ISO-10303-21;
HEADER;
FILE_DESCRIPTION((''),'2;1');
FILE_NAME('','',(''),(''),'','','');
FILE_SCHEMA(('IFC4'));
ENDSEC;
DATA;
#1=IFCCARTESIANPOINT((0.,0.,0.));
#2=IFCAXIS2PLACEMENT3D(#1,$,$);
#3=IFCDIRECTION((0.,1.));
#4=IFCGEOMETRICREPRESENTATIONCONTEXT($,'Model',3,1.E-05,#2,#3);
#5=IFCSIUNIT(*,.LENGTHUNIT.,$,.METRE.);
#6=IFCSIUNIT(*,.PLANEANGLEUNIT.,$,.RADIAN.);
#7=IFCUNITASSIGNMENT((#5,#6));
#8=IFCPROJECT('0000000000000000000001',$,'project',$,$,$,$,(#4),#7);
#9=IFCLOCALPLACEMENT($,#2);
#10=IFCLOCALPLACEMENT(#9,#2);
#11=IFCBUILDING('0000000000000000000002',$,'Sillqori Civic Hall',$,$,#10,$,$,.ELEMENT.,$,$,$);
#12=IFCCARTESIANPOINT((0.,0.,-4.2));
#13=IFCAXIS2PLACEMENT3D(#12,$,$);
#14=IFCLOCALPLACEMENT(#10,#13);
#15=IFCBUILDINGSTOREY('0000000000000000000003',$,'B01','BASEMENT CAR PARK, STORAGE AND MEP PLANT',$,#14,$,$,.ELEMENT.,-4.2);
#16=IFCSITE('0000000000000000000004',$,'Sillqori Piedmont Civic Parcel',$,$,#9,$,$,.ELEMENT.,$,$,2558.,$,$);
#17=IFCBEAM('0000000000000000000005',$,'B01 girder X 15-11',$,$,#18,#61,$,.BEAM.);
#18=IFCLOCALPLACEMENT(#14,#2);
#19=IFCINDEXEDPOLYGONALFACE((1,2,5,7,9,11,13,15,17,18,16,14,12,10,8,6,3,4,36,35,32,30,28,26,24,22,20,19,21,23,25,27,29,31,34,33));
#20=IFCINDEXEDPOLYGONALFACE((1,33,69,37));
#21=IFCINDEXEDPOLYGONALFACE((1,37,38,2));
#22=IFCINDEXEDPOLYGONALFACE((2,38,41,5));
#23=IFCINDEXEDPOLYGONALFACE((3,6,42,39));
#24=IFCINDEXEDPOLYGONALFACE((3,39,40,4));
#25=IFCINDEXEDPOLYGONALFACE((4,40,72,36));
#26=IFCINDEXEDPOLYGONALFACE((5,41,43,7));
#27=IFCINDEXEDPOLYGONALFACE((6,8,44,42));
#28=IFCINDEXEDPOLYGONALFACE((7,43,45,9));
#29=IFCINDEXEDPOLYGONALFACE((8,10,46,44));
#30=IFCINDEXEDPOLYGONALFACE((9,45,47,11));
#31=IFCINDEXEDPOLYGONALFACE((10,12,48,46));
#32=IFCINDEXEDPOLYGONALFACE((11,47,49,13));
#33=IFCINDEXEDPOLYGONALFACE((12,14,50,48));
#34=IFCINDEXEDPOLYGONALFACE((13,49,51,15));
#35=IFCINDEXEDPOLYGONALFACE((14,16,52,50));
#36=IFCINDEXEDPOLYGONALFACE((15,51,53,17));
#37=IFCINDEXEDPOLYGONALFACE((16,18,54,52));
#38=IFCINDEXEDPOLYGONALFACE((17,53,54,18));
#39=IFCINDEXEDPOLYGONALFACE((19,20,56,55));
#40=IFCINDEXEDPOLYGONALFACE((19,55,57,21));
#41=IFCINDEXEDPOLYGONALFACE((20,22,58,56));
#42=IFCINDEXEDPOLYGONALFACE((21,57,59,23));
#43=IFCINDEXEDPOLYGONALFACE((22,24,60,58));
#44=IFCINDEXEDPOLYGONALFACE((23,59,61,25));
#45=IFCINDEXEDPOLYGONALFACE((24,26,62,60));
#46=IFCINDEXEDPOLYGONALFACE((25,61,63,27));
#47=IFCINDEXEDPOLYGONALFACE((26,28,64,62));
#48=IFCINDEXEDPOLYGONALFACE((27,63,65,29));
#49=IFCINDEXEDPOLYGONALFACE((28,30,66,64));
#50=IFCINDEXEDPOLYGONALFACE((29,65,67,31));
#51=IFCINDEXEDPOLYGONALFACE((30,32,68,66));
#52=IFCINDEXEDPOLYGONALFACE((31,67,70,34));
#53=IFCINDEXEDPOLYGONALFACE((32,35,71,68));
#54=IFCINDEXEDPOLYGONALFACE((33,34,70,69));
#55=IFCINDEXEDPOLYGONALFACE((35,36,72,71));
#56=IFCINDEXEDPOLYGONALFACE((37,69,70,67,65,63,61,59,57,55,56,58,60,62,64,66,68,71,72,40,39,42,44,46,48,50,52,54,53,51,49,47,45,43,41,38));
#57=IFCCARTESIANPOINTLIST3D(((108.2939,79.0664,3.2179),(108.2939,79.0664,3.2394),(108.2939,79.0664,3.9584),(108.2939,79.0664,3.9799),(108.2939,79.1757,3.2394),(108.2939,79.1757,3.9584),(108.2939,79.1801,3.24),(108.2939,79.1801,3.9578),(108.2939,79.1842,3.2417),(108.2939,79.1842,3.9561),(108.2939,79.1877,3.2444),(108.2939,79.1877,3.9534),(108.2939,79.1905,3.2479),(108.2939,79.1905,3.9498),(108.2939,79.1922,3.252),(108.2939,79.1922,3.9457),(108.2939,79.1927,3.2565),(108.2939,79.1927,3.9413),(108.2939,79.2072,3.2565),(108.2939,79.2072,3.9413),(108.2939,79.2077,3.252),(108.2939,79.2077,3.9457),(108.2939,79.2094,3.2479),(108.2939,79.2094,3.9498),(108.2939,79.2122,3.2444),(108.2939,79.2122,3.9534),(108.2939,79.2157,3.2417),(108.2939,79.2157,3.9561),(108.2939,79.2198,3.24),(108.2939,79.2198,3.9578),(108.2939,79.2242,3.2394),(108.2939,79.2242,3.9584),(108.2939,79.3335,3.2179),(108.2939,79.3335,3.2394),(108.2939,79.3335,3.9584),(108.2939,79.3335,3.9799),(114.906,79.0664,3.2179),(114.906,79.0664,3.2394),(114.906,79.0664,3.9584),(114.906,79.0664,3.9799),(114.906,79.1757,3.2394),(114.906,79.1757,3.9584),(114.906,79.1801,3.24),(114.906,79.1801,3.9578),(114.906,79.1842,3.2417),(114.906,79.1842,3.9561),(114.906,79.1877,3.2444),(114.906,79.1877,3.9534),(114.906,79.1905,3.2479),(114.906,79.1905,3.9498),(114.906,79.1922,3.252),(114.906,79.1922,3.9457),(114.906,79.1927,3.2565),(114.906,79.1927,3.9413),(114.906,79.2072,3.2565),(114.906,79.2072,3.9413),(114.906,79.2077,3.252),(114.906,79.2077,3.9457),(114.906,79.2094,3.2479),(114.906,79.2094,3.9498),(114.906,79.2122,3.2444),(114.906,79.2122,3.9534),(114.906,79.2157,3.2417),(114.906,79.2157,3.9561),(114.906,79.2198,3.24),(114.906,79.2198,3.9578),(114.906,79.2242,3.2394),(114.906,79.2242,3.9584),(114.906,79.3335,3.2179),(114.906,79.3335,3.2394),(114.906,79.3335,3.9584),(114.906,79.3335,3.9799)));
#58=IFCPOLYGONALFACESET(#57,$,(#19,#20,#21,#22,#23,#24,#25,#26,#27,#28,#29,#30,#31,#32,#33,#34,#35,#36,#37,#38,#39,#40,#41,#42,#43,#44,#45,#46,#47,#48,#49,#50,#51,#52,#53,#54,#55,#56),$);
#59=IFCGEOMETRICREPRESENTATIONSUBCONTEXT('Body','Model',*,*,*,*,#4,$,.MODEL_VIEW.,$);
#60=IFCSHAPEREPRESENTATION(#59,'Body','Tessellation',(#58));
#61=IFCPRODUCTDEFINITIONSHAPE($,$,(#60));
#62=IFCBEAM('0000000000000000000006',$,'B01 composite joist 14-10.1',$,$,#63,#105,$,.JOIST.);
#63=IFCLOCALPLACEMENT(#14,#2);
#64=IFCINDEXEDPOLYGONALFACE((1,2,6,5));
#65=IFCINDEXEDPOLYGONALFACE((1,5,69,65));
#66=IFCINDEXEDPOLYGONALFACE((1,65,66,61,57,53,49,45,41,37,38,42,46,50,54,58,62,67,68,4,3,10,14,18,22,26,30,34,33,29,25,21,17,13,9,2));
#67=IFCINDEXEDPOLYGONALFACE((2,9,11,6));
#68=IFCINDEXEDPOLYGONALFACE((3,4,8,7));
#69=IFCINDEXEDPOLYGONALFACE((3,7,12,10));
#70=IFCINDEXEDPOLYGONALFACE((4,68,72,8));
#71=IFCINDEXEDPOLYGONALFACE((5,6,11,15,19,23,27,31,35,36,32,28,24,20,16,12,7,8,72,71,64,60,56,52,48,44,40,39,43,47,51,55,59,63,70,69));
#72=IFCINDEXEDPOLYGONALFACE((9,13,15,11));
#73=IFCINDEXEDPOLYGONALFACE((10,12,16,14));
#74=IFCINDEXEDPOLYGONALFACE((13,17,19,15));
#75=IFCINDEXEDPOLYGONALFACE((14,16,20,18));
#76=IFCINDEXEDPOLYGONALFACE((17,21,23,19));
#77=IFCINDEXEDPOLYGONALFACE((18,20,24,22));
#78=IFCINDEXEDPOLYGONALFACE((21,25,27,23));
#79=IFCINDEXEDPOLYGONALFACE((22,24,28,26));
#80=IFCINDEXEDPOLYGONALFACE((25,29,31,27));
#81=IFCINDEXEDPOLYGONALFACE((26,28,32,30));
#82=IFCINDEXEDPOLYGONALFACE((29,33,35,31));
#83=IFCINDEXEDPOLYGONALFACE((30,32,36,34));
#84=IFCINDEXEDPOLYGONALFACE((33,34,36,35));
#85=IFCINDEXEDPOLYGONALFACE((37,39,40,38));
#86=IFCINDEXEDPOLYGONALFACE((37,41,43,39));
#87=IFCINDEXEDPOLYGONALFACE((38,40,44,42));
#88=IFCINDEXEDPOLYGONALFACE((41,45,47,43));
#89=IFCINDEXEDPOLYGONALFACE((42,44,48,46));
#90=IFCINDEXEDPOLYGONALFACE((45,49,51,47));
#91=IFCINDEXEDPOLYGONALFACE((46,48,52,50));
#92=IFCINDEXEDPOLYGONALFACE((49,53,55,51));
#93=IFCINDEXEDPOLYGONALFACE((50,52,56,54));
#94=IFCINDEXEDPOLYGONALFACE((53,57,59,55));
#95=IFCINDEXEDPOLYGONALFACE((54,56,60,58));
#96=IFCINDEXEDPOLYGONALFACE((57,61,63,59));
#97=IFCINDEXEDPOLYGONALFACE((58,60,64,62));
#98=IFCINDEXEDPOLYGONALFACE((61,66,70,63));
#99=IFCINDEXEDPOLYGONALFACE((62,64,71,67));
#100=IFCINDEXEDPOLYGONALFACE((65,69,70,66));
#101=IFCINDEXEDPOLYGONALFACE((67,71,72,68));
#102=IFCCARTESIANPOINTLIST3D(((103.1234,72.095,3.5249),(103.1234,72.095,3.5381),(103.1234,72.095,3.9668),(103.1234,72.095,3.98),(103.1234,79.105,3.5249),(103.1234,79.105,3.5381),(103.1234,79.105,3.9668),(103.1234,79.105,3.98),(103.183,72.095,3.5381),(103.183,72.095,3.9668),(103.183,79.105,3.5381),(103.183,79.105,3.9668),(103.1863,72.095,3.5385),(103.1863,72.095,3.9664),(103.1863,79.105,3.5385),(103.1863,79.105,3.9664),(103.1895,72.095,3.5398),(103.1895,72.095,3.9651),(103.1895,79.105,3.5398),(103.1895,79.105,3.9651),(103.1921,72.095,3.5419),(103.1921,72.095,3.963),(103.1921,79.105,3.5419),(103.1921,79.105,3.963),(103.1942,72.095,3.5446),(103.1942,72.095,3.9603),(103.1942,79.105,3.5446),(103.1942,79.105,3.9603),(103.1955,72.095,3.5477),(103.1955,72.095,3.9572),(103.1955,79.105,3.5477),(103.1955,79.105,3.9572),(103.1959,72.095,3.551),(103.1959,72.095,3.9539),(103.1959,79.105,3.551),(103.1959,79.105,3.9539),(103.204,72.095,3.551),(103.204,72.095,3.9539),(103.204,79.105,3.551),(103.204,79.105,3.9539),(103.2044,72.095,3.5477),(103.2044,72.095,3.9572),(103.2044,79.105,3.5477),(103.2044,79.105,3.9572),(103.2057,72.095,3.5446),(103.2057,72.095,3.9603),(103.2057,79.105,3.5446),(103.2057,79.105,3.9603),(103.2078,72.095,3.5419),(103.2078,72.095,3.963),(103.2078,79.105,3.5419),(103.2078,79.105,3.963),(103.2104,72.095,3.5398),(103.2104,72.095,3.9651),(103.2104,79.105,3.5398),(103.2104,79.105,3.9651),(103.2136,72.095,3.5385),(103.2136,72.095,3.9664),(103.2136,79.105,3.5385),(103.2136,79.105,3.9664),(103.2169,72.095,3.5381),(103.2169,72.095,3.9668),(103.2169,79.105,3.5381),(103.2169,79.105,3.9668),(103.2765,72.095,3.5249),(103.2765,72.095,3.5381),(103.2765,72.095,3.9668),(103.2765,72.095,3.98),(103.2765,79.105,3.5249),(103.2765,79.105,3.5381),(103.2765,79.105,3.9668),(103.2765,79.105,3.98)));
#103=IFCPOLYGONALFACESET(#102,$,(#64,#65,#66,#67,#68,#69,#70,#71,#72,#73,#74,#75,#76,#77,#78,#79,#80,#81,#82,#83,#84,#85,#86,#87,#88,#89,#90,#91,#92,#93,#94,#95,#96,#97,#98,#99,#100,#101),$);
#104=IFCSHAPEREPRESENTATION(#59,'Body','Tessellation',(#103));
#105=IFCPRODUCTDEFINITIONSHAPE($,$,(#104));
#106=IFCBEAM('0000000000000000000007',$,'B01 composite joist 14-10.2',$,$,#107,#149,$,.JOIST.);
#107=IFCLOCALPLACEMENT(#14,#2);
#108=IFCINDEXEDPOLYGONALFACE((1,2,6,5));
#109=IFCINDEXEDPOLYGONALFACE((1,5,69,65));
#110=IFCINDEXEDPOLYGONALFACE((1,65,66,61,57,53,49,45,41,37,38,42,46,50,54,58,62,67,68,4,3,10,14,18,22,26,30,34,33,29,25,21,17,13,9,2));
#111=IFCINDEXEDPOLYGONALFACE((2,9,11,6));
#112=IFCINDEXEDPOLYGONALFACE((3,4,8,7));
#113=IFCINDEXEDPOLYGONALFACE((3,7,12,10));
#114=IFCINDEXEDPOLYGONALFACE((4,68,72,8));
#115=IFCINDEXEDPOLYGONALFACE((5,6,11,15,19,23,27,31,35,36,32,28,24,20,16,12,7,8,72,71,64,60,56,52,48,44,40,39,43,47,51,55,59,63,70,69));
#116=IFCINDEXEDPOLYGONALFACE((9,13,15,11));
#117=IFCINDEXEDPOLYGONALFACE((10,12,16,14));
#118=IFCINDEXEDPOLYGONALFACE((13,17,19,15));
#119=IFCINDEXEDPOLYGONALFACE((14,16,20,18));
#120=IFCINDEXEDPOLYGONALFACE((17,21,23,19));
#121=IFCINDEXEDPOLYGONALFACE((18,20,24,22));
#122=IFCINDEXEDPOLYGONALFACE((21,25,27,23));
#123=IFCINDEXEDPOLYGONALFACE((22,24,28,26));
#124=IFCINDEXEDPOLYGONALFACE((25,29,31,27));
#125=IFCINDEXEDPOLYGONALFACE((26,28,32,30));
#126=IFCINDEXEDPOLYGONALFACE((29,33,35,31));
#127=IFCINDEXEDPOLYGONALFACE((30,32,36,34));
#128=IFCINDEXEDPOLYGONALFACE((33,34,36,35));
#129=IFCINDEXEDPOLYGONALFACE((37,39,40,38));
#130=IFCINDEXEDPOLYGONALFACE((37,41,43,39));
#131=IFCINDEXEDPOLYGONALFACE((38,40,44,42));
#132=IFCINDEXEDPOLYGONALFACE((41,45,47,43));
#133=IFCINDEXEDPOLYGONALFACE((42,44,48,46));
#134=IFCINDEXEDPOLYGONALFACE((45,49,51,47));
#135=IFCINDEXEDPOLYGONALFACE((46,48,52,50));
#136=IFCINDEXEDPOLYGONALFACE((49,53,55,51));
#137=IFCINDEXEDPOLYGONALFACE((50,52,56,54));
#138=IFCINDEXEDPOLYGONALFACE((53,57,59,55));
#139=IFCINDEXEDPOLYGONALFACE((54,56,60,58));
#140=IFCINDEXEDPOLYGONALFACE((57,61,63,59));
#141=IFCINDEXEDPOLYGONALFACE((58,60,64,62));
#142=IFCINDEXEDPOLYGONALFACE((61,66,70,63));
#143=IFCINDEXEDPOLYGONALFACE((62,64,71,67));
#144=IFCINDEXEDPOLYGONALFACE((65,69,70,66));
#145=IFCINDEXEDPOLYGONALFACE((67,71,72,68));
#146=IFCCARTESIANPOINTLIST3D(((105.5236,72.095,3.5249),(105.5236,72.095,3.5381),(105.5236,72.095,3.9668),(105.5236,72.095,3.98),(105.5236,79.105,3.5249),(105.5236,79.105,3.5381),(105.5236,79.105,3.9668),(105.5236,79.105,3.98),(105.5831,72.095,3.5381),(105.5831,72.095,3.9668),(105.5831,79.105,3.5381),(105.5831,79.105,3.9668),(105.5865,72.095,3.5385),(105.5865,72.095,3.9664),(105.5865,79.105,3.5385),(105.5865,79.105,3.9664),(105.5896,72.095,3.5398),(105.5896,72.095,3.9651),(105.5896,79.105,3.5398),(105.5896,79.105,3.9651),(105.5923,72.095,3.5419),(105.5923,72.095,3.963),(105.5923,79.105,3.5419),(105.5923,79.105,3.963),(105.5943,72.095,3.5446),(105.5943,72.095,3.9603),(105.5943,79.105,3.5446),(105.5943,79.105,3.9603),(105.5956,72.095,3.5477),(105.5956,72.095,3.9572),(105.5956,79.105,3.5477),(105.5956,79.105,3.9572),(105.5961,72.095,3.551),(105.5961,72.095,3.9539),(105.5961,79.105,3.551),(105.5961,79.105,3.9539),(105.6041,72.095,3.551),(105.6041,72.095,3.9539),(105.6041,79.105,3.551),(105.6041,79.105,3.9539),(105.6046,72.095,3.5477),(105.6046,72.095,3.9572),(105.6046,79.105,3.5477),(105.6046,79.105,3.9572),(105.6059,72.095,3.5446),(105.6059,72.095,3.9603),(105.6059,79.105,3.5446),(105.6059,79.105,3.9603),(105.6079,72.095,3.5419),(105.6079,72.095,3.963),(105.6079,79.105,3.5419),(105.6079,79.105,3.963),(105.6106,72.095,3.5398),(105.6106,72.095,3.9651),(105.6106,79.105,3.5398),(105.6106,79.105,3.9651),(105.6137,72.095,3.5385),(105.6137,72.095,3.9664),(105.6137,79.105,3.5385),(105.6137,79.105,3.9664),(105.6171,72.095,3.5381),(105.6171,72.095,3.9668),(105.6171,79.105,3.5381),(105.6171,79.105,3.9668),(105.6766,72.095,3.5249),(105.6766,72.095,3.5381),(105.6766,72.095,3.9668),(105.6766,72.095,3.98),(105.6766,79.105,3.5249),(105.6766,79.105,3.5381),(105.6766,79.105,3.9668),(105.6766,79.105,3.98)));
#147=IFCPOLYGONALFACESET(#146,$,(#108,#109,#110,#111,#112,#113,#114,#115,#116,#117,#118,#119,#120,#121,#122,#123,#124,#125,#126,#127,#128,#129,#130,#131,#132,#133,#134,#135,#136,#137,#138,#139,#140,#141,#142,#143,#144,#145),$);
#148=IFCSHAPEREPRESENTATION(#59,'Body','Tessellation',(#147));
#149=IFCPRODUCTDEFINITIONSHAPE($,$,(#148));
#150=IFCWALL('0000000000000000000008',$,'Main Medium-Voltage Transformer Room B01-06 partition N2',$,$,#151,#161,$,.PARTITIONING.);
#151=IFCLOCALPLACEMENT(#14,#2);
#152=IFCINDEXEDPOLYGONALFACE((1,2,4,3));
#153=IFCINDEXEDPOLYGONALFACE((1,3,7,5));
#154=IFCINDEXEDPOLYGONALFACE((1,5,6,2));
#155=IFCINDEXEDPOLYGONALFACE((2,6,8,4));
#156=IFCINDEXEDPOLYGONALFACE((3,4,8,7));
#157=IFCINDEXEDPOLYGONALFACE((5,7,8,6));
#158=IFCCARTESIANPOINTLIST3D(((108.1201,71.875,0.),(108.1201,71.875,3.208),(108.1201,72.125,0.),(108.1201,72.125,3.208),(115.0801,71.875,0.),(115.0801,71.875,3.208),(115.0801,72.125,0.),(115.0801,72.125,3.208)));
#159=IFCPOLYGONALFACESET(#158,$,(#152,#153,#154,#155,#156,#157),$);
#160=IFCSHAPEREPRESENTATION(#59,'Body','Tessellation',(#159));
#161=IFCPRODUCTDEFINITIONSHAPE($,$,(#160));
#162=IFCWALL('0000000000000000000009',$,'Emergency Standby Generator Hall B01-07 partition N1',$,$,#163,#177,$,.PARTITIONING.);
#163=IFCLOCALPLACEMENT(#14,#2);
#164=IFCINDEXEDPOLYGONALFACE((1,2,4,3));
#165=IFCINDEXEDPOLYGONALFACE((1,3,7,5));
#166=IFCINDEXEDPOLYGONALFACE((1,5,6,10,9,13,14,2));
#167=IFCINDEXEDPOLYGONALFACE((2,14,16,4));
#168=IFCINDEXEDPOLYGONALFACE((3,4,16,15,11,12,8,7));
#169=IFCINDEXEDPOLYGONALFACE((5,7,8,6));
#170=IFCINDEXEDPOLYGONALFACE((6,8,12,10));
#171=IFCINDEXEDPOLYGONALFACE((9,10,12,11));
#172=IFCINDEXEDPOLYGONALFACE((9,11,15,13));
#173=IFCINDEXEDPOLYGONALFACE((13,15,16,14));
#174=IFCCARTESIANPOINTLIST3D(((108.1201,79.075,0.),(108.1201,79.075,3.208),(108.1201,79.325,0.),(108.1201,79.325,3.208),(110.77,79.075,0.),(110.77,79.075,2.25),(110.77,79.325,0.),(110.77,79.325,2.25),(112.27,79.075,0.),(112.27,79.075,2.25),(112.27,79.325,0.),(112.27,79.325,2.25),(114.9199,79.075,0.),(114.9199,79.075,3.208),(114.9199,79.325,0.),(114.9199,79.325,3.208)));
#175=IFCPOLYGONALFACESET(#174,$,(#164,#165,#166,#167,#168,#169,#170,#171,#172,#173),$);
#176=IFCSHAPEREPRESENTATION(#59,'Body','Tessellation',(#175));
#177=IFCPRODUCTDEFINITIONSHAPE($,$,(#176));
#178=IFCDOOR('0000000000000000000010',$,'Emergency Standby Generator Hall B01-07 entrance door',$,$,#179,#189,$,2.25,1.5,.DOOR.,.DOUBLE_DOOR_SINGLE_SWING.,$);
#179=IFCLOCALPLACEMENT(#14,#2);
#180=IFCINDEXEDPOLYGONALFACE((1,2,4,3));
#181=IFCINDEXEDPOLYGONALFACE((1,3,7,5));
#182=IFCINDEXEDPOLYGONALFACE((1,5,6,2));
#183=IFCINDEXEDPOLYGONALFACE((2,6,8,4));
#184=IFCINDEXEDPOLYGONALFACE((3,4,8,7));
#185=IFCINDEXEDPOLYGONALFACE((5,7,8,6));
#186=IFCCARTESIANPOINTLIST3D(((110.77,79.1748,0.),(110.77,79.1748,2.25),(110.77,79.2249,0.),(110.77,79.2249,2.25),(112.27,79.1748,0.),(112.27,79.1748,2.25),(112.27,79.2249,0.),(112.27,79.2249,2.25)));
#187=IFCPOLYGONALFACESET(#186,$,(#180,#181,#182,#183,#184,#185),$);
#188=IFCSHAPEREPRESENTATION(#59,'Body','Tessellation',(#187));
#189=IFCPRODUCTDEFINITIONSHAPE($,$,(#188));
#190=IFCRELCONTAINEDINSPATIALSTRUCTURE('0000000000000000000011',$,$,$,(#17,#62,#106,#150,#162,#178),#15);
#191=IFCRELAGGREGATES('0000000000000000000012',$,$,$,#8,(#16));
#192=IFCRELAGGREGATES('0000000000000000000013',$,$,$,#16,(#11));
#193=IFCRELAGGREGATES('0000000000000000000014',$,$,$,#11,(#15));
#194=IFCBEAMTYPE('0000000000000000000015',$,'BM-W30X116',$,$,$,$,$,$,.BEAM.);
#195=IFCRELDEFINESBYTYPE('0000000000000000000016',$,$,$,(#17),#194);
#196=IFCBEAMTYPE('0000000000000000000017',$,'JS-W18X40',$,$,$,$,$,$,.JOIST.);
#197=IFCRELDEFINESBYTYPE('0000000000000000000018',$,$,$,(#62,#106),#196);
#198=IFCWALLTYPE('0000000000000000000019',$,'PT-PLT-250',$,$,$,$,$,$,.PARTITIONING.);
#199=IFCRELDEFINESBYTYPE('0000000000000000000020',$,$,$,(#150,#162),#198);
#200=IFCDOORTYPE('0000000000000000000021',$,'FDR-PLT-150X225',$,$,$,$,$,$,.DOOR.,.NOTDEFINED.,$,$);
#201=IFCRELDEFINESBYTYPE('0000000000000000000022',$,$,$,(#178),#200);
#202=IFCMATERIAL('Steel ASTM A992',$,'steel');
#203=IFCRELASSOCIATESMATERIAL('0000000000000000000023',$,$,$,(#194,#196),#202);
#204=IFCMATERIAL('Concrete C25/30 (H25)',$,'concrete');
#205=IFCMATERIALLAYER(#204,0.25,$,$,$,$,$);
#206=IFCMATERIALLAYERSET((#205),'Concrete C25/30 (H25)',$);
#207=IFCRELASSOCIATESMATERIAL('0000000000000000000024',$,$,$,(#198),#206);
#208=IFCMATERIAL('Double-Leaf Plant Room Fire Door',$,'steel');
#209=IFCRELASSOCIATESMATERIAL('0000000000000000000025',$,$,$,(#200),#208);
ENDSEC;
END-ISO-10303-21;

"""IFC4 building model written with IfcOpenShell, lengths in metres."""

from ifc_helpers import new_model, si_unit, direction, frame, frame_2d, origin, origin_2d, place, context, subcontext, project, spatial, rectangle, i_section, extrude, material, layer, layer_set, material_profile, profile_set, type_object, element, fill, save


model = new_model("IFC4")

# Units and contexts
model_context = context("Model", 3, precision=1e-05, world=origin(), true_north=direction((0.0, 1.0)))
body_context = subcontext(model_context, "Body", "Model", "MODEL_VIEW")
ifc_project = project(units=[si_unit("LENGTHUNIT", "METRE"), si_unit("PLANEANGLEUNIT", "RADIAN")], contexts=[model_context])

# Site, building, storey
site_placement = place(None, origin())
site = spatial("IfcSite", under=ifc_project, at=site_placement, Name="Sillqori Piedmont Civic Parcel", CompositionType="ELEMENT", RefElevation=2558.0)
building_placement = place(site_placement, origin())
building = spatial("IfcBuilding", under=site, at=building_placement, Name="Sillqori Civic Hall", CompositionType="ELEMENT")
storey_placement = place(building_placement, frame((0.0, 0.0, -4.2)))
storey = spatial("IfcBuildingStorey", under=building, at=storey_placement, Name="B01", Description="BASEMENT CAR PARK, STORAGE AND MEP PLANT", CompositionType="ELEMENT", Elevation=-4.2)

# Beams
ifc_material_1 = material(Name="Steel ASTM A992", Category="steel")
ifc_material_profile_1 = material_profile(ifc_material_1, i_section(OverallWidth=0.2671, OverallDepth=0.762, WebThickness=0.0144, FlangeThickness=0.0215, FilletRadius=0.0171, at=origin_2d()), Name="W30X116")
ifc_profile_set_1 = profile_set([ifc_material_profile_1], Name="Steel ASTM A992")
beam_type_1 = type_object("IfcBeamType", Name="BM-W30X116", PredefinedType="BEAM", material=ifc_profile_set_1)
for number, where, z_axis, x_axis, name in (
    (1, (108.2939, 79.2, 3.5989), (1.0, 0.0, 0.0), (0.0, 1.0, 0.0), "B01 girder X 15-11"),
):
    element("IfcBeam", number, at=place(storey_placement, frame(where, z_axis=z_axis, x_axis=x_axis)), inside=storey, type_object=beam_type_1, Name=name, PredefinedType="BEAM", context=body_context, shape_type="SweptSolid", body=[
        extrude(i_section(OverallWidth=0.2671, OverallDepth=0.762, WebThickness=0.0144, FlangeThickness=0.0215, FilletRadius=0.0171, at=origin_2d()), origin(), (0.0, 0.0, 1.0), 6.6121),
    ])
ifc_material_profile_2 = material_profile(ifc_material_1, i_section(OverallWidth=0.1531, OverallDepth=0.4551, WebThickness=0.0081, FlangeThickness=0.0132, FilletRadius=0.0129, at=origin_2d()), Name="W18X40")
ifc_profile_set_2 = profile_set([ifc_material_profile_2], Name="Steel ASTM A992")
beam_type_2 = type_object("IfcBeamType", Name="JS-W18X40", PredefinedType="JOIST", material=ifc_profile_set_2)
for number, where, z_axis, x_axis, name in (
    (2, (103.2, 72.095, 3.7524), (0.0, 1.0, 0.0), (-1.0, 0.0, 0.0), "B01 composite joist 14-10.1"),
    (3, (105.6001, 72.095, 3.7524), (0.0, 1.0, 0.0), (-1.0, 0.0, 0.0), "B01 composite joist 14-10.2"),
):
    element("IfcBeam", number, at=place(storey_placement, frame(where, z_axis=z_axis, x_axis=x_axis)), inside=storey, type_object=beam_type_2, Name=name, PredefinedType="JOIST", context=body_context, shape_type="SweptSolid", body=[
        extrude(i_section(OverallWidth=0.1531, OverallDepth=0.4551, WebThickness=0.0081, FlangeThickness=0.0132, FilletRadius=0.0129, at=origin_2d()), origin(), (0.0, 0.0, 1.0), 7.01),
    ])

# Wall
ifc_material_2 = material(Name="Concrete C25/30 (H25)", Category="concrete")
ifc_layer = layer(ifc_material_2, 0.25)
ifc_layer_set = layer_set([ifc_layer], Name="Concrete C25/30 (H25)")
wall_type = type_object("IfcWallType", Name="PT-PLT-250", PredefinedType="PARTITIONING", material=ifc_layer_set)
wall_1_placement = place(storey_placement, frame((108.1201, 72.0, 0.0), z_axis=(0.0, 0.0, 1.0), x_axis=(1.0, 0.0, 0.0)))
element("IfcWall", 4, at=wall_1_placement, inside=storey, type_object=wall_type, Name="Main Medium-Voltage Transformer Room B01-06 partition N2", PredefinedType="PARTITIONING", context=body_context, shape_type="SweptSolid", body=[
    extrude(rectangle(XDim=6.96, YDim=0.25, at=frame_2d((3.48, 0.0))), origin(), (0.0, 0.0, 1.0), 3.208),
])

# Wall, opening, door
wall_2_placement = place(storey_placement, frame((108.1201, 79.2, 0.0), z_axis=(0.0, 0.0, 1.0), x_axis=(1.0, 0.0, 0.0)))
wall_2 = element("IfcWall", 5, at=wall_2_placement, inside=storey, type_object=wall_type, Name="Emergency Standby Generator Hall B01-07 partition N1", PredefinedType="PARTITIONING", context=body_context, shape_type="SweptSolid", body=[
    extrude(rectangle(XDim=6.7998, YDim=0.25, at=frame_2d((3.3999, 0.0))), origin(), (0.0, 0.0, 1.0), 3.208),
])
opening_placement = place(wall_2_placement, frame((2.6499, 0.0, 0.0)))
opening = element("IfcOpeningElement", 6, at=opening_placement, cuts=wall_2, PredefinedType="OPENING", context=body_context, shape_type="SweptSolid", body=[
    extrude(rectangle(XDim=1.5, YDim=2.25, at=frame_2d((0.75, 1.125))), frame((0.0, 0.135, 0.0), z_axis=(0.0, -1.0, 0.0), x_axis=(1.0, 0.0, 0.0)), (0.0, 0.0, 1.0), 0.27),
])
ifc_material_3 = material(Name="Double-Leaf Plant Room Fire Door", Category="steel")
door_type = type_object("IfcDoorType", Name="FDR-PLT-150X225", OperationType="NOTDEFINED", PredefinedType="DOOR", material=ifc_material_3)
door_placement = place(opening_placement, origin())
door = element("IfcDoor", 7, at=door_placement, inside=storey, type_object=door_type, Name="Emergency Standby Generator Hall B01-07 entrance door", OperationType="DOUBLE_DOOR_SINGLE_SWING", OverallHeight=2.25, OverallWidth=1.5, PredefinedType="DOOR", context=body_context, shape_type="SweptSolid", body=[
    extrude(rectangle(XDim=1.5, YDim=2.25, at=frame_2d((0.75, 1.125))), frame((0.0, 0.0249, 0.0), z_axis=(0.0, -1.0, 0.0), x_axis=(1.0, 0.0, 0.0)), (0.0, 0.0, 1.0), 0.05),
])
fill(opening, door)

save(model, "model.ifc")
